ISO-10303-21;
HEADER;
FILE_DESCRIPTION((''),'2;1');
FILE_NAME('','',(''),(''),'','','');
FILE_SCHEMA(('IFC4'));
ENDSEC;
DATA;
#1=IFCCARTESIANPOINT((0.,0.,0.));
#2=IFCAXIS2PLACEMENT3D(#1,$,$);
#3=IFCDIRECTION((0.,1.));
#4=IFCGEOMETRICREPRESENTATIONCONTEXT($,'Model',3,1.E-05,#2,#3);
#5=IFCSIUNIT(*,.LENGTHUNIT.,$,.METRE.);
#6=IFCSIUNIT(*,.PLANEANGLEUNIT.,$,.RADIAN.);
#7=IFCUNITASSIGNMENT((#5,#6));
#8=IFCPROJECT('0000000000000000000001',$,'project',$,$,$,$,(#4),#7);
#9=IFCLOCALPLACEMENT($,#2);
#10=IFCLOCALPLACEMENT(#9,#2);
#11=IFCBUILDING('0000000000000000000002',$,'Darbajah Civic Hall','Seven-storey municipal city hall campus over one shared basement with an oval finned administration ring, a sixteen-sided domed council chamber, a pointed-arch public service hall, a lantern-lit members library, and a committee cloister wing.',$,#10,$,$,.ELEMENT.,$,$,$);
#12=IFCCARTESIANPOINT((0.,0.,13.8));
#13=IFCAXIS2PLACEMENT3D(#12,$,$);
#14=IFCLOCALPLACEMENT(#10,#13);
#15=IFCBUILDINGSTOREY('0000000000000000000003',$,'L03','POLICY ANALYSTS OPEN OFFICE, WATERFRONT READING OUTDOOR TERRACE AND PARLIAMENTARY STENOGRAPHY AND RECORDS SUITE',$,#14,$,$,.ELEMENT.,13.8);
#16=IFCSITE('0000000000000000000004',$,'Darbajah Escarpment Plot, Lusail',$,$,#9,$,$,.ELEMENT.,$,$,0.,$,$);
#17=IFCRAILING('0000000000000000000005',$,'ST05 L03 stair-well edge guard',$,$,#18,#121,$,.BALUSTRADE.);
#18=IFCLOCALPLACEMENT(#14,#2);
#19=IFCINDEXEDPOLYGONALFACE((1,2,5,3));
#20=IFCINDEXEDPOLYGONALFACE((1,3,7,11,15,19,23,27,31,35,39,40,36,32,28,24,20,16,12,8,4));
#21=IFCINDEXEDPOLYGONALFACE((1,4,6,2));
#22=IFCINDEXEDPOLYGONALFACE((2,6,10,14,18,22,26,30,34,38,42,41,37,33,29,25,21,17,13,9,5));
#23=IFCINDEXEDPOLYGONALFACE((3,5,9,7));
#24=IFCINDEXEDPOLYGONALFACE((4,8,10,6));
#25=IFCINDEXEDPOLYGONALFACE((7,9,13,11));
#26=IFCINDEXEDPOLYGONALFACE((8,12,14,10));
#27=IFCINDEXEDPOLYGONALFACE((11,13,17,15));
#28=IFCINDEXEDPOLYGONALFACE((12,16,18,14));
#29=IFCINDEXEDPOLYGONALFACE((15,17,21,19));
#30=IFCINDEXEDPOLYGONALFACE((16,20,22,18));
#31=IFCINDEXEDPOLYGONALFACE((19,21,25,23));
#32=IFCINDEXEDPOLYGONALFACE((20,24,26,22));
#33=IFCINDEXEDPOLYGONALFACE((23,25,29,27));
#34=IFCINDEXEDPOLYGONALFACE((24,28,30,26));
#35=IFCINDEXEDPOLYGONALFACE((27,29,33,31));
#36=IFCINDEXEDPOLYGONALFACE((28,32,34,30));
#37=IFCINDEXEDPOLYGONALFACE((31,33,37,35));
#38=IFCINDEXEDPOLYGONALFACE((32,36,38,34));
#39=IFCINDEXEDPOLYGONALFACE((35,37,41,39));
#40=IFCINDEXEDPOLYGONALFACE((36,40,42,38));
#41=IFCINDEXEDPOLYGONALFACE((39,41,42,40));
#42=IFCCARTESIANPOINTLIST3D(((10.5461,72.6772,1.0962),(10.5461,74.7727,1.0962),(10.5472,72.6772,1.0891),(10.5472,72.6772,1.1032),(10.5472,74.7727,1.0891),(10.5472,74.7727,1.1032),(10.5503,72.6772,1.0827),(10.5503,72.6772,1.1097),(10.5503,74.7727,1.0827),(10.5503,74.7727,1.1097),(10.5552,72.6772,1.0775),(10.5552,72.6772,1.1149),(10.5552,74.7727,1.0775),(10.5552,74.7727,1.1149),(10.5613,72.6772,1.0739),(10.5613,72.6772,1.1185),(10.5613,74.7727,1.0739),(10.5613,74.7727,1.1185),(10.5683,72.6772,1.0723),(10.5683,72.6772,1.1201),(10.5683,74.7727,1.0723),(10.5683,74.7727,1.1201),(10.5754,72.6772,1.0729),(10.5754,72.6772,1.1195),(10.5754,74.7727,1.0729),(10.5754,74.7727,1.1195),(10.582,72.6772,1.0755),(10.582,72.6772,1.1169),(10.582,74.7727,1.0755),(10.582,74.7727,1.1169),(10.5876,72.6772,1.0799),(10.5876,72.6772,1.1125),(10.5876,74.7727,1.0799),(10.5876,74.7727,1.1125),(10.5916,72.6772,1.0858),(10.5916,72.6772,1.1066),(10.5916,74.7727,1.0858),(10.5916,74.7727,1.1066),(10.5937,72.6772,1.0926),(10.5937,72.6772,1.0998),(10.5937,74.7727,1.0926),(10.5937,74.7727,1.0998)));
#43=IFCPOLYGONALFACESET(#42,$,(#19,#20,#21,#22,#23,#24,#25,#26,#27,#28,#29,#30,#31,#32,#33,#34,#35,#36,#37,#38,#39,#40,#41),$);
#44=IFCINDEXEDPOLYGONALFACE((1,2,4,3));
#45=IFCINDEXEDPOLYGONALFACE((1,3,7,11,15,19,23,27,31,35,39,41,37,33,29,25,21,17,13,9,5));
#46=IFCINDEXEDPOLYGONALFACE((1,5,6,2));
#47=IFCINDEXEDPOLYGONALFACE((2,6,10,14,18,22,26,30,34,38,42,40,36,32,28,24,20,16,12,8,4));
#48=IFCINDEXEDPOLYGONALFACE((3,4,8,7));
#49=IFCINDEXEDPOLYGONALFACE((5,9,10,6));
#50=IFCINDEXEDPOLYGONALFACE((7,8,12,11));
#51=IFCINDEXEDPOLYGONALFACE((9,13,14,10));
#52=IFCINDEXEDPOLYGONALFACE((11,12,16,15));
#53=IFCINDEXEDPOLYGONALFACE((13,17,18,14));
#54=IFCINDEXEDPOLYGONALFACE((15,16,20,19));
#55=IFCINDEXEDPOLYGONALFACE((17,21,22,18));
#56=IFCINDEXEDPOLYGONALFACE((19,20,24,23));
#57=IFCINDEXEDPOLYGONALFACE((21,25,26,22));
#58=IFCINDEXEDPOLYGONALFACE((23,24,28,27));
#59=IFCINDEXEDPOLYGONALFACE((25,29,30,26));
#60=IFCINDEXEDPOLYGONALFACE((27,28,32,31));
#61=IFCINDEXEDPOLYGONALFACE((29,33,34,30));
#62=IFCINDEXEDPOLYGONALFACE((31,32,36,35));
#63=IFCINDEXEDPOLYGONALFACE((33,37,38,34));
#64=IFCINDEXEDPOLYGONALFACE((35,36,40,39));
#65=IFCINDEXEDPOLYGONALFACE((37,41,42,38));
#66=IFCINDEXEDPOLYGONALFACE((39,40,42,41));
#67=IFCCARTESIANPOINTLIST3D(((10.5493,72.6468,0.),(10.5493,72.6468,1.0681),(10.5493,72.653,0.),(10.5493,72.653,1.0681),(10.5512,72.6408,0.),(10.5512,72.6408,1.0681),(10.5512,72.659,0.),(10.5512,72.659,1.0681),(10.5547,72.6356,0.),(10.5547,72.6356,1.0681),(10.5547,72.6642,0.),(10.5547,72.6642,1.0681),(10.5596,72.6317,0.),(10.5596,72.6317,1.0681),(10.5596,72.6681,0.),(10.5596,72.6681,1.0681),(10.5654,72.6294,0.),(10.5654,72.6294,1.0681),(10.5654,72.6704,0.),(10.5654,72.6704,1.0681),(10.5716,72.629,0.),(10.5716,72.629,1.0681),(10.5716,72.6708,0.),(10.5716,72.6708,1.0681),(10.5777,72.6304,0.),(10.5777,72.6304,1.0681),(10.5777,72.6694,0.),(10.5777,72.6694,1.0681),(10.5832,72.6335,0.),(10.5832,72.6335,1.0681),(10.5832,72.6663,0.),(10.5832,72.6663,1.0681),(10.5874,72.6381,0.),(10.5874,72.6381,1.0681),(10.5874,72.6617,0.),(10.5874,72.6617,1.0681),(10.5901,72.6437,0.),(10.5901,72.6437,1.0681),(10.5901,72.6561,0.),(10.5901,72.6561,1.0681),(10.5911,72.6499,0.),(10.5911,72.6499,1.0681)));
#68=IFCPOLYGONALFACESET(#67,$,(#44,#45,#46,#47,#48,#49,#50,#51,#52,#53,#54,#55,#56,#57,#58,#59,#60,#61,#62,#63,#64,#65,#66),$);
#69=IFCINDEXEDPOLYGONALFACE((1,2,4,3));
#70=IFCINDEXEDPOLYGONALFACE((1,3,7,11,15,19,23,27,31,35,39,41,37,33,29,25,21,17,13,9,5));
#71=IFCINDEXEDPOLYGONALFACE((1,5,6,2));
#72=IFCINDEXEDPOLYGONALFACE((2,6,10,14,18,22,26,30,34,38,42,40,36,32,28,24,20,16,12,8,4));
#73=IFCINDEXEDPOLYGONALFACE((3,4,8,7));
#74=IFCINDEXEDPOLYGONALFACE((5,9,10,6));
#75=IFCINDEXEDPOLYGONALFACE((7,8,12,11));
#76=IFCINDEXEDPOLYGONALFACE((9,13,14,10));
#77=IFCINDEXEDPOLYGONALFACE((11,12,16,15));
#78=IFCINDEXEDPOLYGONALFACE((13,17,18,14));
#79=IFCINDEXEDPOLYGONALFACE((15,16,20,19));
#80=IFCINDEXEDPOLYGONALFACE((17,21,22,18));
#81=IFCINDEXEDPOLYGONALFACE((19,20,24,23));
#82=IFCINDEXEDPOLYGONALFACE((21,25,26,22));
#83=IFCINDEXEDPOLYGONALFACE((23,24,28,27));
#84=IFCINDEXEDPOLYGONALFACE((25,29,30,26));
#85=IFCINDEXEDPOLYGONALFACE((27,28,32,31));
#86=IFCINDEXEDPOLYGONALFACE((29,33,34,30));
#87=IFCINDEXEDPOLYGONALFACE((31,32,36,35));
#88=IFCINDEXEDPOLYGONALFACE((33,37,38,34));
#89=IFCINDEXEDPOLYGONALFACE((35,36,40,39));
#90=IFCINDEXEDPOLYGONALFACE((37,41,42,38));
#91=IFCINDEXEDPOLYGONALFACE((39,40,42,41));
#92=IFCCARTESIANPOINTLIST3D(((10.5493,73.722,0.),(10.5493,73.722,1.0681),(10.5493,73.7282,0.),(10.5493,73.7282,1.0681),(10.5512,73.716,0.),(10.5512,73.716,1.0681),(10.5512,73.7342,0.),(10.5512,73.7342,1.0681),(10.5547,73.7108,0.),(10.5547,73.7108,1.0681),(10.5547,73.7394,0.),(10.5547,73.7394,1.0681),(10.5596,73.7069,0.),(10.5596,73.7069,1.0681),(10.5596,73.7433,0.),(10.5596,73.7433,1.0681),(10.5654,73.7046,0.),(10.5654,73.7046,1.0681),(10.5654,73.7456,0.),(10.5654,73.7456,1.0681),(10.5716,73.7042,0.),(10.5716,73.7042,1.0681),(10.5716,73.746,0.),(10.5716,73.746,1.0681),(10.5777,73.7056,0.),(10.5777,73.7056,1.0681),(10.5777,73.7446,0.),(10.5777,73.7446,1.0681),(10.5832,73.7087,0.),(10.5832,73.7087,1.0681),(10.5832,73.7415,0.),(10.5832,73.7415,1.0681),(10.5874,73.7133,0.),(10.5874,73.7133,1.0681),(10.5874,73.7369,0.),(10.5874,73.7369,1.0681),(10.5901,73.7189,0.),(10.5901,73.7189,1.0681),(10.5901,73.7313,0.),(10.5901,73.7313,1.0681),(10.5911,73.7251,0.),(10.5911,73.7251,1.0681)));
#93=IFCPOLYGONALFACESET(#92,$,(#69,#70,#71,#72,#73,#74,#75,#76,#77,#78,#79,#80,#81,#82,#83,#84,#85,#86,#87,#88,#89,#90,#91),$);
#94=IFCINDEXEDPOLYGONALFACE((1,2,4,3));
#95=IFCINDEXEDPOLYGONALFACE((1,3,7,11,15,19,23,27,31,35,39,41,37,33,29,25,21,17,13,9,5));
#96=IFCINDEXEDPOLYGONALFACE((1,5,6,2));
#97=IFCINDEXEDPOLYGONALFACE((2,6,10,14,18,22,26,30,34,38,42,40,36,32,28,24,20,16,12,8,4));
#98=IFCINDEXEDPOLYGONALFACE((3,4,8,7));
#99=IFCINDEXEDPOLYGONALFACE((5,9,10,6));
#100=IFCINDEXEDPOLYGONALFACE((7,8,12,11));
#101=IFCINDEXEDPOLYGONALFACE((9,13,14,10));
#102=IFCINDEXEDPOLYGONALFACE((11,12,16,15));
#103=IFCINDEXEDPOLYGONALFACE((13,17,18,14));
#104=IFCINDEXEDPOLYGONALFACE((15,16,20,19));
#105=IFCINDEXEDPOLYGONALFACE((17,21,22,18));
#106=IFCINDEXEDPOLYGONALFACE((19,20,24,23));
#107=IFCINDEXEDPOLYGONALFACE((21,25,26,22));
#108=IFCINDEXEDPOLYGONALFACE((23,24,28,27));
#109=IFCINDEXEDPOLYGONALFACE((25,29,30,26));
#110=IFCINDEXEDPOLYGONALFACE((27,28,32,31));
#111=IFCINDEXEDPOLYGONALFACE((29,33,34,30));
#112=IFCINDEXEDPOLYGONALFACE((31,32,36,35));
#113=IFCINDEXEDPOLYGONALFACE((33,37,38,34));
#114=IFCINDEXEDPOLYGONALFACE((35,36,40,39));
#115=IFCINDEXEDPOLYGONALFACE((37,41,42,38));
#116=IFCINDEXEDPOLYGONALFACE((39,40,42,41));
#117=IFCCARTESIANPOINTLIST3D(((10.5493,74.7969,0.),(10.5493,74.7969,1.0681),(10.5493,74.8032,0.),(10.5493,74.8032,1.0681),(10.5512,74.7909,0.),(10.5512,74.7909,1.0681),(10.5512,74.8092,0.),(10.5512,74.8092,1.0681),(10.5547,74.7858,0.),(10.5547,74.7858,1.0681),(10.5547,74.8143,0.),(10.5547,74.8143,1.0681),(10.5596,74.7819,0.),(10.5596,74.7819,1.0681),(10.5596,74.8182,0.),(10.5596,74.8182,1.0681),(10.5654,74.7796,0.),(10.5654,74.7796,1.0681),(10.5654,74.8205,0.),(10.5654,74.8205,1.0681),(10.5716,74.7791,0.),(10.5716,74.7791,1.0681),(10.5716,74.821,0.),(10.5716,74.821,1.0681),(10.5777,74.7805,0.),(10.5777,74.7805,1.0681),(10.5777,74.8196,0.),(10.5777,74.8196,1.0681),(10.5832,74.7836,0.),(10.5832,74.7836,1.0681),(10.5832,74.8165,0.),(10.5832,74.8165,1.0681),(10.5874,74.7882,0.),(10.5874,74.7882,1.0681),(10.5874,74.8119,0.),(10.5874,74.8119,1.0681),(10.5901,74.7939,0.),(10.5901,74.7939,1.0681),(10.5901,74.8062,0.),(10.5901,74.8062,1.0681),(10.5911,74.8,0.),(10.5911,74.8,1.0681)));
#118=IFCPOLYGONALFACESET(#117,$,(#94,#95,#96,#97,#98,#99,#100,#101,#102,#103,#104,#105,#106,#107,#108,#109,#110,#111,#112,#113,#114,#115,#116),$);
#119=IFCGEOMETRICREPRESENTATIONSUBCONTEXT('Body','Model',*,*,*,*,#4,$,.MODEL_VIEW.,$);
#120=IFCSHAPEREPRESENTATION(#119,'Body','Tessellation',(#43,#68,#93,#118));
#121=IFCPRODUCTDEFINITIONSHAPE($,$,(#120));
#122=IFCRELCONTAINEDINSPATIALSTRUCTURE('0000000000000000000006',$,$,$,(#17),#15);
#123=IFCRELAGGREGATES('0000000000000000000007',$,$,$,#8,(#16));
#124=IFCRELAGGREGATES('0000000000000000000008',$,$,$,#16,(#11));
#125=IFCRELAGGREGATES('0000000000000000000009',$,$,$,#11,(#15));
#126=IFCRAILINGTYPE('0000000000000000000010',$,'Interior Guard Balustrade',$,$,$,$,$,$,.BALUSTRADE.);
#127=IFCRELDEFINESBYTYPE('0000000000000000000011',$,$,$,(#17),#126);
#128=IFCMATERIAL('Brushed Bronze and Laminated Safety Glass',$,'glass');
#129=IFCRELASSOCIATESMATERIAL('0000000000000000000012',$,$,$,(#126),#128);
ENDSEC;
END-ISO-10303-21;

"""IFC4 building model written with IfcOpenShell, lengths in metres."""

from ifc_helpers import new_model, si_unit, direction, frame, origin, origin_2d, place, context, subcontext, project, spatial, circle, extrude, material, type_object, element, save


model = new_model("IFC4")

# Units and contexts
model_context = context("Model", 3, precision=1e-05, world=origin(), true_north=direction((0.0, 1.0)))
body_context = subcontext(model_context, "Body", "Model", "MODEL_VIEW")
ifc_project = project(units=[si_unit("LENGTHUNIT", "METRE"), si_unit("PLANEANGLEUNIT", "RADIAN")], contexts=[model_context])

# Site, building, storey
site_placement = place(None, origin())
site = spatial("IfcSite", under=ifc_project, at=site_placement, Name="Darbajah Escarpment Plot, Lusail", CompositionType="ELEMENT", RefElevation=0.0)
building_placement = place(site_placement, origin())
building = spatial("IfcBuilding", under=site, at=building_placement, Name="Darbajah Civic Hall", Description="Seven-storey municipal city hall campus over one shared basement with an oval finned administration ring, a sixteen-sided domed council chamber, a pointed-arch public service hall, a lantern-lit members library, and a committee cloister wing.", CompositionType="ELEMENT")
storey_placement = place(building_placement, frame((0.0, 0.0, 13.8)))
storey = spatial("IfcBuildingStorey", under=building, at=storey_placement, Name="L03", Description="POLICY ANALYSTS OPEN OFFICE, WATERFRONT READING OUTDOOR TERRACE AND PARLIAMENTARY STENOGRAPHY AND RECORDS SUITE", CompositionType="ELEMENT", Elevation=13.8)

# Railing
ifc_material_1 = material(Name="Brushed Bronze and Laminated Safety Glass", Category="glass")
railing_type = type_object("IfcRailingType", Name="Interior Guard Balustrade", PredefinedType="BALUSTRADE", material=ifc_material_1)
railing_1_placement = place(storey_placement, frame((10.5701, 72.6499, 0.0)))
element("IfcRailing", 1, at=railing_1_placement, inside=storey, type_object=railing_type, Name="ST05 L03 stair-well edge guard", PredefinedType="BALUSTRADE", context=body_context, shape_type="SweptSolid", body=[
    extrude(circle(Radius=0.0239, at=origin_2d()), frame((0.0, 0.0273, 1.0962), z_axis=(0.0, 1.0, 0.0), x_axis=(-1.0, 0.0, 0.0)), (0.0, 0.0, 1.0), 2.0955),
    extrude(circle(Radius=0.021, at=origin_2d()), origin(), (0.0, 0.0, 1.0), 1.0681),
    extrude(circle(Radius=0.021, at=origin_2d()), frame((0.0, 1.0752, 0.0)), (0.0, 0.0, 1.0), 1.0681),
    extrude(circle(Radius=0.021, at=origin_2d()), frame((0.0, 2.1501, 0.0)), (0.0, 0.0, 1.0), 1.0681),
])

save(model, "model.ifc")
